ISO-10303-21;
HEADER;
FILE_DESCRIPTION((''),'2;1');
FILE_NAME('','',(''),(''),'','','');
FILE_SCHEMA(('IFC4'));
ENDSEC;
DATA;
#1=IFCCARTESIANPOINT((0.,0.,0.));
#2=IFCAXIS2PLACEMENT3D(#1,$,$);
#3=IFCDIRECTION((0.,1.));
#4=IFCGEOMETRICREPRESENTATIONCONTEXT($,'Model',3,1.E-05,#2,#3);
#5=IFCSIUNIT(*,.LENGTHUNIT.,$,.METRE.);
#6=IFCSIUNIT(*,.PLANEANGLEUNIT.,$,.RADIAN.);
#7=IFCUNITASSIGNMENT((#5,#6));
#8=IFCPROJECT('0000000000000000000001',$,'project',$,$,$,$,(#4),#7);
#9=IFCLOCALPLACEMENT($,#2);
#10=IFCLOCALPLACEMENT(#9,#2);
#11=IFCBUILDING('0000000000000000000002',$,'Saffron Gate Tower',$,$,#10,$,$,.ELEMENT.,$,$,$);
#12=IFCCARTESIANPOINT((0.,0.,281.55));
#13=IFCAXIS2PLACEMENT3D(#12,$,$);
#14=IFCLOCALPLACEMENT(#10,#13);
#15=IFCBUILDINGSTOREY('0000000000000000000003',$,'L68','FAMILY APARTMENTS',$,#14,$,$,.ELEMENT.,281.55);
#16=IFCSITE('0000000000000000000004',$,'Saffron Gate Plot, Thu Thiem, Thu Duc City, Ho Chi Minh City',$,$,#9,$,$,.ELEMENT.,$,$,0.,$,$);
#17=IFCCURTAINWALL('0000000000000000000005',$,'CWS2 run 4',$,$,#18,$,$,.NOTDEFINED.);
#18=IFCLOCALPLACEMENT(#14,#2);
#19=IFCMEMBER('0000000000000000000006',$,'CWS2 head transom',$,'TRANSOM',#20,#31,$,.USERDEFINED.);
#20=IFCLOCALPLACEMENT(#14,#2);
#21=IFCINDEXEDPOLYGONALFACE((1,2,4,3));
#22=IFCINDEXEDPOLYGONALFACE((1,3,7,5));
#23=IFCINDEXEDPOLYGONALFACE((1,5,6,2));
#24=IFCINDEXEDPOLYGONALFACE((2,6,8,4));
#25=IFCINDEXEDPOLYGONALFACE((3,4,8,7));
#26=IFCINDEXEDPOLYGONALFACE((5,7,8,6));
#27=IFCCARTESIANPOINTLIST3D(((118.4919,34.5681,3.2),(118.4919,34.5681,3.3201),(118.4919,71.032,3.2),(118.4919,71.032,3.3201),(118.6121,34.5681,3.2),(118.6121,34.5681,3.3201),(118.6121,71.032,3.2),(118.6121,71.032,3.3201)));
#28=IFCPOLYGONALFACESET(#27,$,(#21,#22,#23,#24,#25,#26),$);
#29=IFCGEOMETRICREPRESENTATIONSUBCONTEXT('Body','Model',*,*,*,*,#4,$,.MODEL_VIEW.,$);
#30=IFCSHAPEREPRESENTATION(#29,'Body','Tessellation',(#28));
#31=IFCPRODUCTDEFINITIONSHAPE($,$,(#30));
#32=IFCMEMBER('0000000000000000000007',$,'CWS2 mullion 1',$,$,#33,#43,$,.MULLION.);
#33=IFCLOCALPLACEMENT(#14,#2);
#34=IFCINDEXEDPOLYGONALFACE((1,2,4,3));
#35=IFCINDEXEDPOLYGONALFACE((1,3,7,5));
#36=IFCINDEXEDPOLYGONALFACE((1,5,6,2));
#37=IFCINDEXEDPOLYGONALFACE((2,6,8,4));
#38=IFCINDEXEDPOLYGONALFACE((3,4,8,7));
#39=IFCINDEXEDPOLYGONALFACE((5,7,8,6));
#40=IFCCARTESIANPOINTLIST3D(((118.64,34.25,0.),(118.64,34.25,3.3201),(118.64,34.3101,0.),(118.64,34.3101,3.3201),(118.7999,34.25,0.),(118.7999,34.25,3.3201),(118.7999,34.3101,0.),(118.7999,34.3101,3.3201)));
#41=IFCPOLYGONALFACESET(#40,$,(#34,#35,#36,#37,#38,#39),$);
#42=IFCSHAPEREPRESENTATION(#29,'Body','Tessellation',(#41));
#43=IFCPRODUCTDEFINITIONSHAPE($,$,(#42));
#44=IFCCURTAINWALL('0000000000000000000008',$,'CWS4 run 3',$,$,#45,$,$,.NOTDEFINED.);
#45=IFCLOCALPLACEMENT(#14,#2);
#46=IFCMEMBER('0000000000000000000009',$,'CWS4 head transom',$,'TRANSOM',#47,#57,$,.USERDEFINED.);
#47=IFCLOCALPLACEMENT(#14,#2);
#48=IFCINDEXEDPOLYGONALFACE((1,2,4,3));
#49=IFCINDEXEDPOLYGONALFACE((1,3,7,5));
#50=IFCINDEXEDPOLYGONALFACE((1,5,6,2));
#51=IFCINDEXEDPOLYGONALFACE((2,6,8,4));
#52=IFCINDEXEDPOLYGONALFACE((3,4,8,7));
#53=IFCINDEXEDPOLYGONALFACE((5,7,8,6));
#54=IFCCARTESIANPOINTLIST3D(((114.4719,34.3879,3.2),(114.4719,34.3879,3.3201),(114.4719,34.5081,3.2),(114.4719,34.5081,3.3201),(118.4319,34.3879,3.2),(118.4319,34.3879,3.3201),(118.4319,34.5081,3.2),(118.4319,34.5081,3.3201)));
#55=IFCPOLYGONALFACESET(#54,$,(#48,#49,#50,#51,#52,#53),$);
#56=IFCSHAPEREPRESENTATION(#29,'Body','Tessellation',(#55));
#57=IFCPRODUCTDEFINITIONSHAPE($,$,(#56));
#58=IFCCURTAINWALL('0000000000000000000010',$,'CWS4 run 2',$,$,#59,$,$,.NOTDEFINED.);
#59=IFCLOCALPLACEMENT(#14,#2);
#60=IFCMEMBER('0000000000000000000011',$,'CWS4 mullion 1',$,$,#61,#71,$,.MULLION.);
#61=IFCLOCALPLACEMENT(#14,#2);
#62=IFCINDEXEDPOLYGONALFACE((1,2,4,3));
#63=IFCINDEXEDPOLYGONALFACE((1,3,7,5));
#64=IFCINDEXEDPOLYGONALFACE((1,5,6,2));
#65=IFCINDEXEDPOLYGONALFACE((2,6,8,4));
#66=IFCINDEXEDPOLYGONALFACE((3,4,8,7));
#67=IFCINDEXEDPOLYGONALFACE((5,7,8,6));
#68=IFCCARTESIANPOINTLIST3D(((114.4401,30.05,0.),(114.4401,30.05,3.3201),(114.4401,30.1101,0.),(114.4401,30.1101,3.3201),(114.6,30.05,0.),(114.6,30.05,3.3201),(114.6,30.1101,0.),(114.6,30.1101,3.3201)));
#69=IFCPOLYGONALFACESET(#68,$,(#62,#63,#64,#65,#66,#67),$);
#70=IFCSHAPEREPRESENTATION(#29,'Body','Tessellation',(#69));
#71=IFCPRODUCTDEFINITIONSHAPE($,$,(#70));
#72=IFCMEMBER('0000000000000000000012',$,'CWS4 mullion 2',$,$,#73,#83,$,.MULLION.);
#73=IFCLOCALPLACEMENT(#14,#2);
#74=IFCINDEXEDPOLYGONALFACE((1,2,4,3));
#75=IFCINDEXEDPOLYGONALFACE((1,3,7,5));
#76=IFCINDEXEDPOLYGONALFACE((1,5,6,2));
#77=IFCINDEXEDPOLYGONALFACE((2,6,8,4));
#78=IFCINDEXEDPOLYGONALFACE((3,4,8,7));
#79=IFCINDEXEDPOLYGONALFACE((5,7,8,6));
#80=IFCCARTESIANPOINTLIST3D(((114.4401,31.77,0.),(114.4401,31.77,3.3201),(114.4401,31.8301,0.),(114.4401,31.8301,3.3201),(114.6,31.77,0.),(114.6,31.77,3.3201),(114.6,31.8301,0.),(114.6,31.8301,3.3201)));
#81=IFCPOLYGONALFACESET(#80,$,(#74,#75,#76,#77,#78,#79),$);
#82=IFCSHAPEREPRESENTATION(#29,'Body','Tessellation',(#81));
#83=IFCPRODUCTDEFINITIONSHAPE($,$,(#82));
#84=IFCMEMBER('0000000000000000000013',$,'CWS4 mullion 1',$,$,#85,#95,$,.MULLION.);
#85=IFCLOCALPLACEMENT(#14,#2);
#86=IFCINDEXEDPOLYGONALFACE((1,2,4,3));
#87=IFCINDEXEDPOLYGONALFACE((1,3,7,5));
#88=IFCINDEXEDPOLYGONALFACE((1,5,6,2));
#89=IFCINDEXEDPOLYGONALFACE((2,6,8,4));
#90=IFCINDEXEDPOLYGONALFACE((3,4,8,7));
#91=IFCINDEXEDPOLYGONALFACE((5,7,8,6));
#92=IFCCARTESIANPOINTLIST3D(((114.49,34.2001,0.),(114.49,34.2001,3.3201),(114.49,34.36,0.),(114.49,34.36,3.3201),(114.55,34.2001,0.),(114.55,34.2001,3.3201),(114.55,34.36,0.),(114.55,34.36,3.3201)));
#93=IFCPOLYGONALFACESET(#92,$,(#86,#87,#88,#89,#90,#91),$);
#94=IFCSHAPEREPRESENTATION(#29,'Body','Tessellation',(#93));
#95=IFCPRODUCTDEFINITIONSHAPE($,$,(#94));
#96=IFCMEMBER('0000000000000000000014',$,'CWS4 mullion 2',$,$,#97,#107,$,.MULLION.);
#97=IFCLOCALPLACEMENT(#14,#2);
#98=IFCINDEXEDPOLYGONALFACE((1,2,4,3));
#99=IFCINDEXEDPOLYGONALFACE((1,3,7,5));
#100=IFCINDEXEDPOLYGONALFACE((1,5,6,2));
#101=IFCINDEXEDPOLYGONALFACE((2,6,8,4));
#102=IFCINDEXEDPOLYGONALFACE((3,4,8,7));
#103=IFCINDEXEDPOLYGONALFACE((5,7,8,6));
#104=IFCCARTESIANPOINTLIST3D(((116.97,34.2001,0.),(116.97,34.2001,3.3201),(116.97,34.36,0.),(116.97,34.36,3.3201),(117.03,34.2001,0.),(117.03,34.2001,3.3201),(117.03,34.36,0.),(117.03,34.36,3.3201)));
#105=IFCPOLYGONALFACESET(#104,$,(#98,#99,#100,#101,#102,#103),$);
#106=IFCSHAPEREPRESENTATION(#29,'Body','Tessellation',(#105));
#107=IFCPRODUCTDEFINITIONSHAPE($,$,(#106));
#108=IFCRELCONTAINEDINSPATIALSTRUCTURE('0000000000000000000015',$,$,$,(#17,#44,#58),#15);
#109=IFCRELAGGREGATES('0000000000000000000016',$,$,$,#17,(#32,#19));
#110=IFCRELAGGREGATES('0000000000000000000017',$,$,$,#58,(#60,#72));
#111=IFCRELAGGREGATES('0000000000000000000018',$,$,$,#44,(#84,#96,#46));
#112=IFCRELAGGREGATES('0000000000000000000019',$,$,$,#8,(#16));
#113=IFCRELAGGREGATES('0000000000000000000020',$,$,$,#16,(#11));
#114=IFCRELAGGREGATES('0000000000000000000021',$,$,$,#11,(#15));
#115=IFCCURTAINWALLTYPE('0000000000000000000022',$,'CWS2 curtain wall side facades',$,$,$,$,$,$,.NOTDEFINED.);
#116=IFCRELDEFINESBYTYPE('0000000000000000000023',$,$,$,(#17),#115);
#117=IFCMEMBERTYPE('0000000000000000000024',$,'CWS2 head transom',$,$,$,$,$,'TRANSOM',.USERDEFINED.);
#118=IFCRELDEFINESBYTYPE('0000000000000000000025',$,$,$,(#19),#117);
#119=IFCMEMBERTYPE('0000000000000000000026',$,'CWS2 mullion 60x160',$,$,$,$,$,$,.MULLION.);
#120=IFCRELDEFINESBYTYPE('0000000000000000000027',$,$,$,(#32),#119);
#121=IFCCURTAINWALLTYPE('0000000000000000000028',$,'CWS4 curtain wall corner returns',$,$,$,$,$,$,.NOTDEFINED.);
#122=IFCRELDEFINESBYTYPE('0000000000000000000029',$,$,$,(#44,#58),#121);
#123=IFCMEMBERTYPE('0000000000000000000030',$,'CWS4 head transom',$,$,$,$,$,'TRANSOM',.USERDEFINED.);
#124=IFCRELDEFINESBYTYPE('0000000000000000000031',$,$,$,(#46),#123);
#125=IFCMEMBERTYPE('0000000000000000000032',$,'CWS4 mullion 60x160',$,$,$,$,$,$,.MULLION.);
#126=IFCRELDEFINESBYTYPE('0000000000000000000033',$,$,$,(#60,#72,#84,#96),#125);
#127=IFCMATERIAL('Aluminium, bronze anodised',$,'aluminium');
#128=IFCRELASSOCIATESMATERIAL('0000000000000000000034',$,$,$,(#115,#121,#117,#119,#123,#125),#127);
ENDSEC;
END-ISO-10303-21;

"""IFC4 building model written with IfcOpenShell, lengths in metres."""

from ifc_helpers import new_model, si_unit, direction, frame, origin, origin_2d, place, context, subcontext, project, spatial, rectangle, extrude, material, material_profile, profile_set, type_object, element, aggregate, save


model = new_model("IFC4")

# Units and contexts
model_context = context("Model", 3, precision=1e-05, world=origin(), true_north=direction((0.0, 1.0)))
body_context = subcontext(model_context, "Body", "Model", "MODEL_VIEW")
ifc_project = project(units=[si_unit("LENGTHUNIT", "METRE"), si_unit("PLANEANGLEUNIT", "RADIAN")], contexts=[model_context])

# Site, building, storey
site_placement = place(None, origin())
site = spatial("IfcSite", under=ifc_project, at=site_placement, Name="Saffron Gate Plot, Thu Thiem, Thu Duc City, Ho Chi Minh City", CompositionType="ELEMENT", RefElevation=0.0)
building_placement = place(site_placement, origin())
building = spatial("IfcBuilding", under=site, at=building_placement, Name="Saffron Gate Tower", CompositionType="ELEMENT")
storey_placement = place(building_placement, frame((0.0, 0.0, 281.55)))
storey = spatial("IfcBuildingStorey", under=building, at=storey_placement, Name="L68", Description="FAMILY APARTMENTS", CompositionType="ELEMENT", Elevation=281.55)

# Curtain wall, members
ifc_material_1 = material(Name="Aluminium, bronze anodised", Category="aluminium")
curtain_wall_type_1 = type_object("IfcCurtainWallType", Name="CWS2 curtain wall side facades", PredefinedType="NOTDEFINED", material=ifc_material_1)
curtain_wall_1_placement = place(storey_placement, origin())
curtain_wall_1 = element("IfcCurtainWall", 1, at=curtain_wall_1_placement, inside=storey, type_object=curtain_wall_type_1, Name="CWS2 run 4", PredefinedType="NOTDEFINED")
ifc_material_profile_1 = material_profile(ifc_material_1, rectangle(XDim=0.1201, YDim=0.1201, at=origin_2d()))
ifc_profile_set_1 = profile_set([ifc_material_profile_1], Name="Aluminium, bronze anodised")
member_type_1 = type_object("IfcMemberType", Name="CWS2 head transom", ElementType="TRANSOM", PredefinedType="USERDEFINED", material=ifc_profile_set_1)
member_1_placement = place(storey_placement, frame((118.552, 34.5681, 3.26), z_axis=(0.0, 1.0, 0.0), x_axis=(-1.0, 0.0, 0.0)))
member_1 = element("IfcMember", 2, at=member_1_placement, type_object=member_type_1, Name="CWS2 head transom", ObjectType="TRANSOM", PredefinedType="USERDEFINED", context=body_context, shape_type="SweptSolid", body=[
    extrude(rectangle(XDim=0.1201, YDim=0.1201, at=origin_2d()), origin(), (0.0, 0.0, 1.0), 36.4639),
])
ifc_material_profile_2 = material_profile(ifc_material_1, rectangle(XDim=0.1599, YDim=0.0601, at=origin_2d()))
ifc_profile_set_2 = profile_set([ifc_material_profile_2], Name="Aluminium, bronze anodised")
member_type_2 = type_object("IfcMemberType", Name="CWS2 mullion 60x160", PredefinedType="MULLION", material=ifc_profile_set_2)
member_2_placement = place(storey_placement, frame((118.72, 34.28, 0.0), z_axis=(0.0, 0.0, 1.0), x_axis=(-1.0, 0.0, 0.0)))
member_2 = element("IfcMember", 3, at=member_2_placement, type_object=member_type_2, Name="CWS2 mullion 1", PredefinedType="MULLION", context=body_context, shape_type="SweptSolid", body=[
    extrude(rectangle(XDim=0.1599, YDim=0.0601, at=origin_2d()), origin(), (0.0, 0.0, 1.0), 3.3201),
])

# Curtain wall, member
curtain_wall_type_2 = type_object("IfcCurtainWallType", Name="CWS4 curtain wall corner returns", PredefinedType="NOTDEFINED", material=ifc_material_1)
curtain_wall_2_placement = place(storey_placement, origin())
curtain_wall_2 = element("IfcCurtainWall", 4, at=curtain_wall_2_placement, inside=storey, type_object=curtain_wall_type_2, Name="CWS4 run 3", PredefinedType="NOTDEFINED")
ifc_material_profile_3 = material_profile(ifc_material_1, rectangle(XDim=0.1201, YDim=0.1201, at=origin_2d()))
ifc_profile_set_3 = profile_set([ifc_material_profile_3], Name="Aluminium, bronze anodised")
member_type_3 = type_object("IfcMemberType", Name="CWS4 head transom", ElementType="TRANSOM", PredefinedType="USERDEFINED", material=ifc_profile_set_3)
member_3_placement = place(storey_placement, frame((114.4719, 34.448, 3.26), z_axis=(1.0, 0.0, 0.0), x_axis=(0.0, 1.0, 0.0)))
member_3 = element("IfcMember", 5, at=member_3_placement, type_object=member_type_3, Name="CWS4 head transom", ObjectType="TRANSOM", PredefinedType="USERDEFINED", context=body_context, shape_type="SweptSolid", body=[
    extrude(rectangle(XDim=0.1201, YDim=0.1201, at=origin_2d()), origin(), (0.0, 0.0, 1.0), 3.96),
])

# Curtain wall, members
curtain_wall_3_placement = place(storey_placement, origin())
curtain_wall_3 = element("IfcCurtainWall", 6, at=curtain_wall_3_placement, inside=storey, type_object=curtain_wall_type_2, Name="CWS4 run 2", PredefinedType="NOTDEFINED")
ifc_material_profile_4 = material_profile(ifc_material_1, rectangle(XDim=0.1599, YDim=0.0601, at=origin_2d()))
ifc_profile_set_4 = profile_set([ifc_material_profile_4], Name="Aluminium, bronze anodised")
member_type_4 = type_object("IfcMemberType", Name="CWS4 mullion 60x160", PredefinedType="MULLION", material=ifc_profile_set_4)
member_4_placement = place(storey_placement, frame((114.52, 30.0801, 0.0), z_axis=(0.0, 0.0, 1.0), x_axis=(-1.0, 0.0, 0.0)))
member_4 = element("IfcMember", 7, at=member_4_placement, type_object=member_type_4, Name="CWS4 mullion 1", PredefinedType="MULLION", context=body_context, shape_type="SweptSolid", body=[
    extrude(rectangle(XDim=0.1599, YDim=0.0601, at=origin_2d()), origin(), (0.0, 0.0, 1.0), 3.3201),
])
member_5_placement = place(storey_placement, frame((114.52, 31.8, 0.0), z_axis=(0.0, 0.0, 1.0), x_axis=(-1.0, 0.0, 0.0)))
member_5 = element("IfcMember", 8, at=member_5_placement, type_object=member_type_4, Name="CWS4 mullion 2", PredefinedType="MULLION", context=body_context, shape_type="SweptSolid", body=[
    extrude(rectangle(XDim=0.1599, YDim=0.0601, at=origin_2d()), origin(), (0.0, 0.0, 1.0), 3.3201),
])

# Members
member_6_placement = place(storey_placement, frame((114.52, 34.28, 0.0), z_axis=(0.0, 0.0, 1.0), x_axis=(0.0, 1.0, 0.0)))
member_6 = element("IfcMember", 9, at=member_6_placement, type_object=member_type_4, Name="CWS4 mullion 1", PredefinedType="MULLION", context=body_context, shape_type="SweptSolid", body=[
    extrude(rectangle(XDim=0.1599, YDim=0.0601, at=origin_2d()), origin(), (0.0, 0.0, 1.0), 3.3201),
])
member_7_placement = place(storey_placement, frame((117.0, 34.28, 0.0), z_axis=(0.0, 0.0, 1.0), x_axis=(0.0, 1.0, 0.0)))
member_7 = element("IfcMember", 10, at=member_7_placement, type_object=member_type_4, Name="CWS4 mullion 2", PredefinedType="MULLION", context=body_context, shape_type="SweptSolid", body=[
    extrude(rectangle(XDim=0.1599, YDim=0.0601, at=origin_2d()), origin(), (0.0, 0.0, 1.0), 3.3201),
])

aggregate(curtain_wall_1, [member_2, member_1])

aggregate(curtain_wall_3, [member_4, member_5])
aggregate(curtain_wall_2, [member_6, member_7, member_3])

save(model, "model.ifc")
